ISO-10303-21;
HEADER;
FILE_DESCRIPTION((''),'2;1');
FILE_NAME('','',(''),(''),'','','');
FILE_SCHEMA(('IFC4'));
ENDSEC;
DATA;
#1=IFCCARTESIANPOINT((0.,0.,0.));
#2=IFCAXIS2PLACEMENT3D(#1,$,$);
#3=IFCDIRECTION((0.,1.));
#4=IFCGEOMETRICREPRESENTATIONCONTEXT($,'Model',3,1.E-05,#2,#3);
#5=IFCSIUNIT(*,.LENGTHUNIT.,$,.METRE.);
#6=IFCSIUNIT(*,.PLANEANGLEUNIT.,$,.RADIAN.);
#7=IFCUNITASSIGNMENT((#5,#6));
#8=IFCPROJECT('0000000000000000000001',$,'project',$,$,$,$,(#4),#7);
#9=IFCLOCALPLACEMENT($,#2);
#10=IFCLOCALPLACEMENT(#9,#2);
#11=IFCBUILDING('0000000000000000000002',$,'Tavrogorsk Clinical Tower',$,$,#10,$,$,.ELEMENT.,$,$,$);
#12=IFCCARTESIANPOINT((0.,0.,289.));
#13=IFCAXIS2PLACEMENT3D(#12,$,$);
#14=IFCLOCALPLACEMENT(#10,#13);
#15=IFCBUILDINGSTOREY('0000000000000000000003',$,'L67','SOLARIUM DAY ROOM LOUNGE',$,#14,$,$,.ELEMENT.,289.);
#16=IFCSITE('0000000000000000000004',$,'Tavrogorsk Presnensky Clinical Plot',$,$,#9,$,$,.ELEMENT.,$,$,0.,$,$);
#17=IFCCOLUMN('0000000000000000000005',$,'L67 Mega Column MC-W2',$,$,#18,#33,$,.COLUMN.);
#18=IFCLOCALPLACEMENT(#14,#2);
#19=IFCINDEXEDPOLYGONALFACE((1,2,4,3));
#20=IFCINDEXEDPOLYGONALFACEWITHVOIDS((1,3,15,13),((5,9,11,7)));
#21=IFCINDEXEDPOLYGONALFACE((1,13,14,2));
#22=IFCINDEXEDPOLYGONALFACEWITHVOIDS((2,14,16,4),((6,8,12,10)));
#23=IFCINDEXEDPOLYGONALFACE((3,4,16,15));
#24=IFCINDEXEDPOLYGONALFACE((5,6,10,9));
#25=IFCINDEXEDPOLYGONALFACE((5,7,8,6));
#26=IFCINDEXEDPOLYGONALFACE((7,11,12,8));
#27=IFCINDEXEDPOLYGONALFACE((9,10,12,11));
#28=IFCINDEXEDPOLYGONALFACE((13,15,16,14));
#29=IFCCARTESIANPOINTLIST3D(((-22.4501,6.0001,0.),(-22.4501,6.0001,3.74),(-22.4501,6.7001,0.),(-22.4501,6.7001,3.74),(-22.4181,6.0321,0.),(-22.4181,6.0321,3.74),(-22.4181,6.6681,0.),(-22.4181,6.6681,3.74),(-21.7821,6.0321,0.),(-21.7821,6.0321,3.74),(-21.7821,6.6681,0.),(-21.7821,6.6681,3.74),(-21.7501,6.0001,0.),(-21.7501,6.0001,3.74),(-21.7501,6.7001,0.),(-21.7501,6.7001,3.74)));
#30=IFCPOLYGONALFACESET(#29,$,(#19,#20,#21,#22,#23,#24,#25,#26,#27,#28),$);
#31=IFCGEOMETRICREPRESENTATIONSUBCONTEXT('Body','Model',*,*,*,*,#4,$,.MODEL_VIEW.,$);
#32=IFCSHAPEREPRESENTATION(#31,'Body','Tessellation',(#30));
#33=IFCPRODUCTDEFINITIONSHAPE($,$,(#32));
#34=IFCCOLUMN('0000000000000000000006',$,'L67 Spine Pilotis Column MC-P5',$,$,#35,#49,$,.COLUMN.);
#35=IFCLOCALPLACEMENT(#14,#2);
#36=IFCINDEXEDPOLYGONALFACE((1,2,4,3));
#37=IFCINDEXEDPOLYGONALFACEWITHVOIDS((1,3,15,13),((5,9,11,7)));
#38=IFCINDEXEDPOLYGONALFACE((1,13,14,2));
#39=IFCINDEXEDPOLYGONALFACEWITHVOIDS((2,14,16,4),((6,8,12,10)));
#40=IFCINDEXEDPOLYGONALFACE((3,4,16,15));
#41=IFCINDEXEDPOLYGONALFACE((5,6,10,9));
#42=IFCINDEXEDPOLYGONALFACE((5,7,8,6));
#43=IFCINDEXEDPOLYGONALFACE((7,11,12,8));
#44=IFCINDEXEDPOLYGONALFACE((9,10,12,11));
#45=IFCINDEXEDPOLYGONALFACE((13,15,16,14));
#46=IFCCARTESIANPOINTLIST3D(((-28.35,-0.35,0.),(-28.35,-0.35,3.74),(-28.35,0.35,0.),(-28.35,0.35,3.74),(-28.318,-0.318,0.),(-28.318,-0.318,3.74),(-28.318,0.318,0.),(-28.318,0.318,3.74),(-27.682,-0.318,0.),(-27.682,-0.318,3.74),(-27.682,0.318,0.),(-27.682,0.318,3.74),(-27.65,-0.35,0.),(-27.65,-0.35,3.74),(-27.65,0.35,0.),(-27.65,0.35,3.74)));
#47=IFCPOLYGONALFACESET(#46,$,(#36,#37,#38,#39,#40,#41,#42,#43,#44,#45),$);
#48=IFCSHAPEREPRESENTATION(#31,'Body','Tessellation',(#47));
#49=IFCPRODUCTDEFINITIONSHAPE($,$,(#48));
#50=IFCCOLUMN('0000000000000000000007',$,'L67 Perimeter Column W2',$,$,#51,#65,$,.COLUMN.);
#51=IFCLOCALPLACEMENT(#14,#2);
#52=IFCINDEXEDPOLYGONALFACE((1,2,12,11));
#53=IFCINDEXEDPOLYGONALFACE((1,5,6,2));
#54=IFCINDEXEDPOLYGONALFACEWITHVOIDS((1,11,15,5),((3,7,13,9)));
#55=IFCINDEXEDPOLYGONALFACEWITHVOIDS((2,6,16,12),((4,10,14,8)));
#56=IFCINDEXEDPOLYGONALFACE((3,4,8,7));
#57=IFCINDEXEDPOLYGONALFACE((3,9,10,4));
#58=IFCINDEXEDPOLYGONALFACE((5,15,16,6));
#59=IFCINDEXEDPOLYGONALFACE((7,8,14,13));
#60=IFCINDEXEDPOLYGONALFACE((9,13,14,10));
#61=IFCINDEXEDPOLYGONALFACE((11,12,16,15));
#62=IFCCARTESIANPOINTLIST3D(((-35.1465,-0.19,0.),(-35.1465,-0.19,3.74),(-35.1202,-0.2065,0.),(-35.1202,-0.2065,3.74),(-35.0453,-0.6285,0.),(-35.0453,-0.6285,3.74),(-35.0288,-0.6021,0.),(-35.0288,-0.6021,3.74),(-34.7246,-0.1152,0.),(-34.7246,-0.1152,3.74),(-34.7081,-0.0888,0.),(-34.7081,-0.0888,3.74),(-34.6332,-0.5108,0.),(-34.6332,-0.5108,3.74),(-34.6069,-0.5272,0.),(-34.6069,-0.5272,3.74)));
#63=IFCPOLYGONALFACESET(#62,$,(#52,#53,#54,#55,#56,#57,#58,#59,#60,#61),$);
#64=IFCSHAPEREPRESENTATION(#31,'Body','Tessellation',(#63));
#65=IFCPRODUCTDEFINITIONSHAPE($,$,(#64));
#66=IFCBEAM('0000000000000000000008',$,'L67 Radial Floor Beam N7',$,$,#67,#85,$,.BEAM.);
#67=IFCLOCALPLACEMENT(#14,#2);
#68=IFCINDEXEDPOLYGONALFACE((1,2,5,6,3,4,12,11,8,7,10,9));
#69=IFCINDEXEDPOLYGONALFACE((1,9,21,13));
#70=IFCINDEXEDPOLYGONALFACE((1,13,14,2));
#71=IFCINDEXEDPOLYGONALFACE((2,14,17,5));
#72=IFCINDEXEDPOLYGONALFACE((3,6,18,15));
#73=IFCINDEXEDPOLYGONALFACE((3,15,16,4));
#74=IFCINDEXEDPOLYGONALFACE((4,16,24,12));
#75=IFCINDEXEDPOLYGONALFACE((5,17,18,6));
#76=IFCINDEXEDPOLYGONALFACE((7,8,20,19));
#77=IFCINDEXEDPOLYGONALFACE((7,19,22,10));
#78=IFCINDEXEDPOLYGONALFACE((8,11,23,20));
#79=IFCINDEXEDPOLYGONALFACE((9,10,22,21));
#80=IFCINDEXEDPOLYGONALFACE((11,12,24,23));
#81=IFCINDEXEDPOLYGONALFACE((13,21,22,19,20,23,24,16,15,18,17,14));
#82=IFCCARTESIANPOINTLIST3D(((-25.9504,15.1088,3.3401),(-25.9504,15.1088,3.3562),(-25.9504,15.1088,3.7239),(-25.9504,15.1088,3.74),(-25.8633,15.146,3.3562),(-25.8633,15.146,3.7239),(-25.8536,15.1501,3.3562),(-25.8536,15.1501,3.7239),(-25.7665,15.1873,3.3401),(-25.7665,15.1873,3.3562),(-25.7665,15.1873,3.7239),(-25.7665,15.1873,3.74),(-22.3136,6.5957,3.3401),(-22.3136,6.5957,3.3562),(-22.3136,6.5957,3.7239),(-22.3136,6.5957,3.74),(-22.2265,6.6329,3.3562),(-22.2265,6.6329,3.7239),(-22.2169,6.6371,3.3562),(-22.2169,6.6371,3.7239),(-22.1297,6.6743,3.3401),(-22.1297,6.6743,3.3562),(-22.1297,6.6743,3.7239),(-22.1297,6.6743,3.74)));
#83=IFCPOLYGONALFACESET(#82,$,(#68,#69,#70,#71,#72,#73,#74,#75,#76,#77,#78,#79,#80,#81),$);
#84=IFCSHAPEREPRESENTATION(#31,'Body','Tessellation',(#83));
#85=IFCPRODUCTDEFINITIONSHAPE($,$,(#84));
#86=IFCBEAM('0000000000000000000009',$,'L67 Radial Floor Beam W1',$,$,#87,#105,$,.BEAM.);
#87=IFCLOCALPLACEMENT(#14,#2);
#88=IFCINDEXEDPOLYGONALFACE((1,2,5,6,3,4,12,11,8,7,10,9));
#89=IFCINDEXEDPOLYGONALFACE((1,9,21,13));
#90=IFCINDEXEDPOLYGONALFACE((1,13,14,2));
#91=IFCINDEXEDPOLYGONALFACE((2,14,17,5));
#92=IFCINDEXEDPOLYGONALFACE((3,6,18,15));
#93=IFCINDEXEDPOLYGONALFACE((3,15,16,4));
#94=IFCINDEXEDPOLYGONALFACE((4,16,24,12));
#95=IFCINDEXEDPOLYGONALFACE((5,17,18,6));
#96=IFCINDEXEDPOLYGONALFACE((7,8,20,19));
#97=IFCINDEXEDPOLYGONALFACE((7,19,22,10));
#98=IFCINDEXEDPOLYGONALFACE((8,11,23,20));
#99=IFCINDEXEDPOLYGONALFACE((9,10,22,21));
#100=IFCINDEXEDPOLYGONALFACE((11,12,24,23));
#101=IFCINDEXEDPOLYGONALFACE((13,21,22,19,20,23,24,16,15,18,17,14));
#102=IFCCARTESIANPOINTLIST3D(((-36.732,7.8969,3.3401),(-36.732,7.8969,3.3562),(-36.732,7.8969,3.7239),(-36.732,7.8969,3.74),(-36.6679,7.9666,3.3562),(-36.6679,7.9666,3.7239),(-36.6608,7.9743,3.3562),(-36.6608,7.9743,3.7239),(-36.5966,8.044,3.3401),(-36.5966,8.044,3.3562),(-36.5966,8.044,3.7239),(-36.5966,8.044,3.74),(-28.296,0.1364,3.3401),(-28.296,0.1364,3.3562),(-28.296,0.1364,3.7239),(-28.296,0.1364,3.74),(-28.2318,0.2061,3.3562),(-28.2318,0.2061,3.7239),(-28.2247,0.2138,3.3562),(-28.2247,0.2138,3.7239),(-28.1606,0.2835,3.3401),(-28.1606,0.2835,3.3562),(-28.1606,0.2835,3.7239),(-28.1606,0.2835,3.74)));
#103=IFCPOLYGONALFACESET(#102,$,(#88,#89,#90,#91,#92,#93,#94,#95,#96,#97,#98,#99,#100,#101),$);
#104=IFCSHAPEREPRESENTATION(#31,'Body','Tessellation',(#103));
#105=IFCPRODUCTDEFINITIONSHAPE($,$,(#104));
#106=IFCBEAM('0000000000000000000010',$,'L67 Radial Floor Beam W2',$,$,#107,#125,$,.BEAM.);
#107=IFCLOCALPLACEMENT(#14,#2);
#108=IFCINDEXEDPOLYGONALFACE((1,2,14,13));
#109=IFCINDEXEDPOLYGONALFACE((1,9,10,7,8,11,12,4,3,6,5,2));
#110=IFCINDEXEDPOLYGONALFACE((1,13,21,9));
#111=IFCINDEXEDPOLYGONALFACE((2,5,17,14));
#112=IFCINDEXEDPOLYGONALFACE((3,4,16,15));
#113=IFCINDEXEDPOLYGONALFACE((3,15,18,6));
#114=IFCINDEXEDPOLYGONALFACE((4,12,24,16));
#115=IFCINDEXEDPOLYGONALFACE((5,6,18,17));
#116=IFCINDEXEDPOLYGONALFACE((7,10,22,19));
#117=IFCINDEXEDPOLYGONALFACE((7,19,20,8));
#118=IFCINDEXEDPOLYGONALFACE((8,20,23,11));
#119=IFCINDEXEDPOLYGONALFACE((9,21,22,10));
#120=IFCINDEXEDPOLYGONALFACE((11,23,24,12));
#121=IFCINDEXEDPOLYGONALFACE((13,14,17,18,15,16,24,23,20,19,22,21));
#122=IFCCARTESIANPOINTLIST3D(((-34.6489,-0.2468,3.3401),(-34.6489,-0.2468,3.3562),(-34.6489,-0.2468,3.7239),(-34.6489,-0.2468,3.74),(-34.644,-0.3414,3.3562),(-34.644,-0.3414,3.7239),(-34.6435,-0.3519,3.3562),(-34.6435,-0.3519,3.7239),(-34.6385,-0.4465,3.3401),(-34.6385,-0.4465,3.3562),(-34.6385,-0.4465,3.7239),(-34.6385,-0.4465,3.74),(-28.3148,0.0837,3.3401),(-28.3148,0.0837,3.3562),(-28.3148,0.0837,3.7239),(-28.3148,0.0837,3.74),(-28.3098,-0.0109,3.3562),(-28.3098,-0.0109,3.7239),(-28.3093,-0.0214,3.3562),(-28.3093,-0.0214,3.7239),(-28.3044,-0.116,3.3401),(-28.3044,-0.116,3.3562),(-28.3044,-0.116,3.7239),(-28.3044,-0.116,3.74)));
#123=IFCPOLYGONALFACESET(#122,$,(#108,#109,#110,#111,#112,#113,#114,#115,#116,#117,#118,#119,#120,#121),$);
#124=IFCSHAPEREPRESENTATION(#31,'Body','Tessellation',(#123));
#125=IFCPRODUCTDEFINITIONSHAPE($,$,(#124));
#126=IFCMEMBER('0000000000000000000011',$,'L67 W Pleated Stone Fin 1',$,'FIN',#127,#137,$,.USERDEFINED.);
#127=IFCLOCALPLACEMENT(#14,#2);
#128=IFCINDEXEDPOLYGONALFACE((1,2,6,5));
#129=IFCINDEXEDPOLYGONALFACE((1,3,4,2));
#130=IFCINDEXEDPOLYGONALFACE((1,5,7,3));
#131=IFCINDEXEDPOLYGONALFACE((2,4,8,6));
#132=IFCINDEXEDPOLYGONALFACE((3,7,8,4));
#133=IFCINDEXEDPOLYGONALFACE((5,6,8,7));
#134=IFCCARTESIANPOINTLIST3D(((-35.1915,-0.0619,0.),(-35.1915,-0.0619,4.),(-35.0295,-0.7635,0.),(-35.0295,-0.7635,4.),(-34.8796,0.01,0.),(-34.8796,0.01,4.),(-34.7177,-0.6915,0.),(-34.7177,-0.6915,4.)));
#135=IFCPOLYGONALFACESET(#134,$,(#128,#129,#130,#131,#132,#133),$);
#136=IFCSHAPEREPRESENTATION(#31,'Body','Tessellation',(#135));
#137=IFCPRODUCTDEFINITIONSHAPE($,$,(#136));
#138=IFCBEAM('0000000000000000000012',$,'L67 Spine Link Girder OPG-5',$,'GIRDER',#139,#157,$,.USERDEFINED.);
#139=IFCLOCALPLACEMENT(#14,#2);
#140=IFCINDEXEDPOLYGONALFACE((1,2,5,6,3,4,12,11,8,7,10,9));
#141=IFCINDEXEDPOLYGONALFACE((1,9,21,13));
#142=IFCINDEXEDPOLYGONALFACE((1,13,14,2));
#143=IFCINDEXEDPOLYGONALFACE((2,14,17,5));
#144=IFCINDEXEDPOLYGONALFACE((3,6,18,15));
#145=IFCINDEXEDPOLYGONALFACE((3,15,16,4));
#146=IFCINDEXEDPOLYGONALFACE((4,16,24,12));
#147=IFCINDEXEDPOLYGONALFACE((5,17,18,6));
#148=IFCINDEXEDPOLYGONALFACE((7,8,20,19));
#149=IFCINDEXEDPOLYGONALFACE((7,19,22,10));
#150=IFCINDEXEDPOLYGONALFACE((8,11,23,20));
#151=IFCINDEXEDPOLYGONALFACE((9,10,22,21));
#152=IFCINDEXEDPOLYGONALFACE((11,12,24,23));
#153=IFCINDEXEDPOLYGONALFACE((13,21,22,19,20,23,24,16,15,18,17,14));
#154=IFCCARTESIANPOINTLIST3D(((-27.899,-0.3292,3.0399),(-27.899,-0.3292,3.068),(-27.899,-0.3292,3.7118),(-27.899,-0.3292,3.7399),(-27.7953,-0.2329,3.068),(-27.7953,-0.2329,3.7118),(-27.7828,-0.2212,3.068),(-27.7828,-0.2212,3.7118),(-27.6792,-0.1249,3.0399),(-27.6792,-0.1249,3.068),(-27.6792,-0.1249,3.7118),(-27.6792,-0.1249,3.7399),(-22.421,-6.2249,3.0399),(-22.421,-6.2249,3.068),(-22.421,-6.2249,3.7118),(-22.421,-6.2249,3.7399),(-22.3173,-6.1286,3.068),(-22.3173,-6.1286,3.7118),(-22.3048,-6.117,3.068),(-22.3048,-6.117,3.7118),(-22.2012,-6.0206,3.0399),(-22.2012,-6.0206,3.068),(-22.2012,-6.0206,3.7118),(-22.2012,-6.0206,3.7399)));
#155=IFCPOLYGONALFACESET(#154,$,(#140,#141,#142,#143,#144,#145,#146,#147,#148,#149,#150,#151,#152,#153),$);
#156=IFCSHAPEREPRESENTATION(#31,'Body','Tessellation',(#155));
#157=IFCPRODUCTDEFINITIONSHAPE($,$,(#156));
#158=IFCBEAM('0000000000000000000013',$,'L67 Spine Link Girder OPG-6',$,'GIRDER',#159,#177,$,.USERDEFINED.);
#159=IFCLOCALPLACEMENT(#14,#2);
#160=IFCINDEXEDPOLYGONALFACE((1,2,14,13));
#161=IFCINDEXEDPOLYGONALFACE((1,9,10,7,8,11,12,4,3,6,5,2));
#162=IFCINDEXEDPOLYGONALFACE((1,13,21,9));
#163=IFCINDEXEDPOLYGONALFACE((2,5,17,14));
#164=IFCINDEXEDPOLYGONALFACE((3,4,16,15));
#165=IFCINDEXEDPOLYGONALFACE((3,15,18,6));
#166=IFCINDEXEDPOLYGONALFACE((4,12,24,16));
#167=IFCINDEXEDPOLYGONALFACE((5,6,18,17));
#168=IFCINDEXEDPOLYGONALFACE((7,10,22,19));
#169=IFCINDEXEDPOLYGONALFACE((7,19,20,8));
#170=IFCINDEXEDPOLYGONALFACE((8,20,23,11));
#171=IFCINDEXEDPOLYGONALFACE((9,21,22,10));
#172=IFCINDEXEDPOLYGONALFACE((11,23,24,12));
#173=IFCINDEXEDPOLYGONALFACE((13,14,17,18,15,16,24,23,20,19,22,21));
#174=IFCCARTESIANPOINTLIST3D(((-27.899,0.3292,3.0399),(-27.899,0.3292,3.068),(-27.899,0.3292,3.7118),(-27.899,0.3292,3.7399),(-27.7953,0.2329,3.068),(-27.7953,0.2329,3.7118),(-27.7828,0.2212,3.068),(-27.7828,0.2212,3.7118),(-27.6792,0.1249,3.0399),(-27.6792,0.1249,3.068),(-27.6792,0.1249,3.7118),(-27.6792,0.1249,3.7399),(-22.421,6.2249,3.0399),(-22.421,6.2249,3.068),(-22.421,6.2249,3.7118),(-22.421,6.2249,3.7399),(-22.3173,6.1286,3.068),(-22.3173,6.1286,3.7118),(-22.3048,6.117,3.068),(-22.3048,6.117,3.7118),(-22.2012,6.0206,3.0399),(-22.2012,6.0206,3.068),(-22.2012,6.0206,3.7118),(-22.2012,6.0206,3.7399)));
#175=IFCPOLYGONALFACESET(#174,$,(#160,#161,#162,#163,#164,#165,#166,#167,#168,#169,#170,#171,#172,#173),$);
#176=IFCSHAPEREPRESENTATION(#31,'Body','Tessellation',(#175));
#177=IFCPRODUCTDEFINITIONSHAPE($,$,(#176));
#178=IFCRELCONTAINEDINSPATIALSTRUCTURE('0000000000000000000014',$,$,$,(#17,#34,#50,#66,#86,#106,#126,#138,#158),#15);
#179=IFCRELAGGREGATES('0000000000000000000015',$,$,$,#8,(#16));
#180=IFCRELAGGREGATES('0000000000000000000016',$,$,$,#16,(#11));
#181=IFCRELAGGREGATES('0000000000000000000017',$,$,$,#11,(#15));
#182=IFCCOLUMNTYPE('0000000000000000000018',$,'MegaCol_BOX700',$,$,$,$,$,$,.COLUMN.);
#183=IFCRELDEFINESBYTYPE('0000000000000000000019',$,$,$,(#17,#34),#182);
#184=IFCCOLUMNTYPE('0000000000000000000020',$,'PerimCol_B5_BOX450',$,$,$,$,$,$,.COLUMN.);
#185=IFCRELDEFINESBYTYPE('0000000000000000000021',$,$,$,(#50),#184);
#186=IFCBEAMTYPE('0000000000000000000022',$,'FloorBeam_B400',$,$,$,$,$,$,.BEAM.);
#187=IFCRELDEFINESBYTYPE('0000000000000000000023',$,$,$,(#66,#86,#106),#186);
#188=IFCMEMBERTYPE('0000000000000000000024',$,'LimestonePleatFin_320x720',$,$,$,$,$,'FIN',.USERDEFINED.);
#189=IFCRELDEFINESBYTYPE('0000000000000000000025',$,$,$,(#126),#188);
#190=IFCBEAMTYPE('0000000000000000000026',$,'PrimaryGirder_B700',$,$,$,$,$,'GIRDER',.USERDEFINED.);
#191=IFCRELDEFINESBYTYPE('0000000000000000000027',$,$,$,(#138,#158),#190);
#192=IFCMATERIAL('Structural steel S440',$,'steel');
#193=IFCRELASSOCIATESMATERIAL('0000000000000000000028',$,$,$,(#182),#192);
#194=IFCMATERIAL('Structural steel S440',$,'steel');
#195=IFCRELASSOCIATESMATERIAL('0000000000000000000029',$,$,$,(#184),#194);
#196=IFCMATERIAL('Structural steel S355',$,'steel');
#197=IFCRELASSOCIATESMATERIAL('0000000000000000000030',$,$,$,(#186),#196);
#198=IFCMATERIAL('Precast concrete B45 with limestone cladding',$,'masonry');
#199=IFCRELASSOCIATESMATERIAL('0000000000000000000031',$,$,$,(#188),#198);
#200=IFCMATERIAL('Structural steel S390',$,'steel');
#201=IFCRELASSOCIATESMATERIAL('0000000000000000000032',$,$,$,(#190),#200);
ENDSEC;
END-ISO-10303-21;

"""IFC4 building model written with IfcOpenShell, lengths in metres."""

from ifc_helpers import new_model, si_unit, direction, frame, origin, origin_2d, place, context, subcontext, project, spatial, rectangle, hollow_rectangle, i_section, extrude, material, material_profile, profile_set, type_object, element, save


model = new_model("IFC4")

# Units and contexts
model_context = context("Model", 3, precision=1e-05, world=origin(), true_north=direction((0.0, 1.0)))
body_context = subcontext(model_context, "Body", "Model", "MODEL_VIEW")
ifc_project = project(units=[si_unit("LENGTHUNIT", "METRE"), si_unit("PLANEANGLEUNIT", "RADIAN")], contexts=[model_context])

# Site, building, storey
site_placement = place(None, origin())
site = spatial("IfcSite", under=ifc_project, at=site_placement, Name="Tavrogorsk Presnensky Clinical Plot", CompositionType="ELEMENT", RefElevation=0.0)
building_placement = place(site_placement, origin())
building = spatial("IfcBuilding", under=site, at=building_placement, Name="Tavrogorsk Clinical Tower", CompositionType="ELEMENT")
storey_placement = place(building_placement, frame((0.0, 0.0, 289.0)))
storey = spatial("IfcBuildingStorey", under=building, at=storey_placement, Name="L67", Description="SOLARIUM DAY ROOM LOUNGE", CompositionType="ELEMENT", Elevation=289.0)

# Columns
ifc_material_1 = material(Name="Structural steel S440", Category="steel")
ifc_material_profile_1 = material_profile(ifc_material_1, hollow_rectangle(XDim=0.7, YDim=0.7, WallThickness=0.032, at=origin_2d()), Name="BOX-700x700x32")
ifc_profile_set_1 = profile_set([ifc_material_profile_1], Name="Structural steel S440")
column_type_1 = type_object("IfcColumnType", Name="MegaCol_BOX700", PredefinedType="COLUMN", material=ifc_profile_set_1)
for number, where, z_axis, x_axis, name in (
    (1, (-22.1001, 6.3501, 0.0), (0.0, 0.0, 1.0), (1.0, 0.0, 0.0), "L67 Mega Column MC-W2"),
    (2, (-28.0, 0.0, 0.0), (0.0, 0.0, 1.0), (1.0, 0.0, 0.0), "L67 Spine Pilotis Column MC-P5"),
):
    element("IfcColumn", number, at=place(storey_placement, frame(where, z_axis=z_axis, x_axis=x_axis)), inside=storey, type_object=column_type_1, Name=name, PredefinedType="COLUMN", context=body_context, shape_type="SweptSolid", body=[
        extrude(hollow_rectangle(XDim=0.7, YDim=0.7, WallThickness=0.032, at=origin_2d()), origin(), (0.0, 0.0, 1.0), 3.74),
    ])
ifc_material_2 = material(Name="Structural steel S440", Category="steel")
ifc_material_profile_2 = material_profile(ifc_material_2, hollow_rectangle(XDim=0.45, YDim=0.45, WallThickness=0.022, at=origin_2d()), Name="BOX-450x450x22")
ifc_profile_set_2 = profile_set([ifc_material_profile_2], Name="Structural steel S440")
column_type_2 = type_object("IfcColumnType", Name="PerimCol_B5_BOX450", PredefinedType="COLUMN", material=ifc_profile_set_2)
column_placement = place(storey_placement, frame((-34.8767, -0.3586, 0.0), z_axis=(0.0, 0.0, 1.0), x_axis=(0.97437, 0.224951, 0.0)))
element("IfcColumn", 3, at=column_placement, inside=storey, type_object=column_type_2, Name="L67 Perimeter Column W2", PredefinedType="COLUMN", context=body_context, shape_type="SweptSolid", body=[
    extrude(hollow_rectangle(XDim=0.45, YDim=0.45, WallThickness=0.022, at=origin_2d()), origin(), (0.0, 0.0, 1.0), 3.74),
])

# Beams
ifc_material_3 = material(Name="Structural steel S355", Category="steel")
ifc_material_profile_3 = material_profile(ifc_material_3, i_section(OverallWidth=0.2, OverallDepth=0.3999, WebThickness=0.0105, FlangeThickness=0.0161, at=origin_2d()), Name="B-400x200x10.5x16")
ifc_profile_set_3 = profile_set([ifc_material_profile_3], Name="Structural steel S355")
beam_type_1 = type_object("IfcBeamType", Name="FloorBeam_B400", PredefinedType="BEAM", material=ifc_profile_set_3)
beam_1_placement = place(storey_placement, frame((-22.2217, 6.635, 3.54), z_axis=(-0.392853, 0.919601, 0.0), x_axis=(-0.919601, -0.392853, 0.0)))
element("IfcBeam", 4, at=beam_1_placement, inside=storey, type_object=beam_type_1, Name="L67 Radial Floor Beam N7", PredefinedType="BEAM", context=body_context, shape_type="SweptSolid", body=[
    extrude(i_section(OverallWidth=0.2, OverallDepth=0.3999, WebThickness=0.0105, FlangeThickness=0.0161, at=origin_2d()), origin(), (0.0, 0.0, 1.0), 9.2573),
])
beam_2_placement = place(storey_placement, frame((-28.2283, 0.21, 3.54), z_axis=(-0.735959, 0.677026, 0.0), x_axis=(-0.677026, -0.735959, 0.0)))
element("IfcBeam", 5, at=beam_2_placement, inside=storey, type_object=beam_type_1, Name="L67 Radial Floor Beam W1", PredefinedType="BEAM", context=body_context, shape_type="SweptSolid", body=[
    extrude(i_section(OverallWidth=0.2, OverallDepth=0.3999, WebThickness=0.0105, FlangeThickness=0.0161, at=origin_2d()), origin(), (0.0, 0.0, 1.0), 11.4626),
])
beam_3_placement = place(storey_placement, frame((-28.3096, -0.0161, 3.54), z_axis=(-0.998641, -0.052116, 0.0), x_axis=(0.052116, -0.998641, 0.0)))
element("IfcBeam", 6, at=beam_3_placement, inside=storey, type_object=beam_type_1, Name="L67 Radial Floor Beam W2", PredefinedType="BEAM", context=body_context, shape_type="SweptSolid", body=[
    extrude(i_section(OverallWidth=0.2, OverallDepth=0.3999, WebThickness=0.0105, FlangeThickness=0.0161, at=origin_2d()), origin(), (0.0, 0.0, 1.0), 6.3428),
])

# Member
ifc_material_4 = material(Name="Precast concrete B45 with limestone cladding", Category="masonry")
ifc_material_profile_4 = material_profile(ifc_material_4, rectangle(XDim=0.3201, YDim=0.72, at=origin_2d()), Name="LIMESTONE-FIN-320x720")
ifc_profile_set_4 = profile_set([ifc_material_profile_4], Name="Precast concrete B45 with limestone cladding")
member_type = type_object("IfcMemberType", Name="LimestonePleatFin_320x720", ElementType="FIN", PredefinedType="USERDEFINED", material=ifc_profile_set_4)
member_placement = place(storey_placement, frame((-34.9546, -0.3767, 0.0), z_axis=(0.0, 0.0, 1.0), x_axis=(0.97437, 0.224951, 0.0)))
element("IfcMember", 7, at=member_placement, inside=storey, type_object=member_type, Name="L67 W Pleated Stone Fin 1", ObjectType="FIN", PredefinedType="USERDEFINED", context=body_context, shape_type="SweptSolid", body=[
    extrude(rectangle(XDim=0.3201, YDim=0.72, at=origin_2d()), origin(), (0.0, 0.0, 1.0), 4.0),
])

# Beams
ifc_material_5 = material(Name="Structural steel S390", Category="steel")
ifc_material_profile_5 = material_profile(ifc_material_5, i_section(OverallWidth=0.3, OverallDepth=0.7, WebThickness=0.0171, FlangeThickness=0.0281, at=origin_2d()), Name="B-700x300x17x28")
ifc_profile_set_5 = profile_set([ifc_material_profile_5], Name="Structural steel S390")
beam_type_2 = type_object("IfcBeamType", Name="PrimaryGirder_B700", ElementType="GIRDER", PredefinedType="USERDEFINED", material=ifc_profile_set_5)
for number, where, z_axis, x_axis, name in (
    (8, (-27.7891, -0.2271, 3.3899), (0.680678, -0.732583, 0.0), (0.732583, 0.680678, 0.0), "L67 Spine Link Girder OPG-5"),
    (9, (-27.7891, 0.2271, 3.3899), (0.680678, 0.732583, 0.0), (-0.732583, 0.680678, 0.0), "L67 Spine Link Girder OPG-6"),
):
    element("IfcBeam", number, at=place(storey_placement, frame(where, z_axis=z_axis, x_axis=x_axis)), inside=storey, type_object=beam_type_2, Name=name, ObjectType="GIRDER", PredefinedType="USERDEFINED", context=body_context, shape_type="SweptSolid", body=[
        extrude(i_section(OverallWidth=0.3, OverallDepth=0.7, WebThickness=0.0171, FlangeThickness=0.0281, at=origin_2d()), origin(), (0.0, 0.0, 1.0), 8.0479),
    ])

save(model, "model.ifc")
